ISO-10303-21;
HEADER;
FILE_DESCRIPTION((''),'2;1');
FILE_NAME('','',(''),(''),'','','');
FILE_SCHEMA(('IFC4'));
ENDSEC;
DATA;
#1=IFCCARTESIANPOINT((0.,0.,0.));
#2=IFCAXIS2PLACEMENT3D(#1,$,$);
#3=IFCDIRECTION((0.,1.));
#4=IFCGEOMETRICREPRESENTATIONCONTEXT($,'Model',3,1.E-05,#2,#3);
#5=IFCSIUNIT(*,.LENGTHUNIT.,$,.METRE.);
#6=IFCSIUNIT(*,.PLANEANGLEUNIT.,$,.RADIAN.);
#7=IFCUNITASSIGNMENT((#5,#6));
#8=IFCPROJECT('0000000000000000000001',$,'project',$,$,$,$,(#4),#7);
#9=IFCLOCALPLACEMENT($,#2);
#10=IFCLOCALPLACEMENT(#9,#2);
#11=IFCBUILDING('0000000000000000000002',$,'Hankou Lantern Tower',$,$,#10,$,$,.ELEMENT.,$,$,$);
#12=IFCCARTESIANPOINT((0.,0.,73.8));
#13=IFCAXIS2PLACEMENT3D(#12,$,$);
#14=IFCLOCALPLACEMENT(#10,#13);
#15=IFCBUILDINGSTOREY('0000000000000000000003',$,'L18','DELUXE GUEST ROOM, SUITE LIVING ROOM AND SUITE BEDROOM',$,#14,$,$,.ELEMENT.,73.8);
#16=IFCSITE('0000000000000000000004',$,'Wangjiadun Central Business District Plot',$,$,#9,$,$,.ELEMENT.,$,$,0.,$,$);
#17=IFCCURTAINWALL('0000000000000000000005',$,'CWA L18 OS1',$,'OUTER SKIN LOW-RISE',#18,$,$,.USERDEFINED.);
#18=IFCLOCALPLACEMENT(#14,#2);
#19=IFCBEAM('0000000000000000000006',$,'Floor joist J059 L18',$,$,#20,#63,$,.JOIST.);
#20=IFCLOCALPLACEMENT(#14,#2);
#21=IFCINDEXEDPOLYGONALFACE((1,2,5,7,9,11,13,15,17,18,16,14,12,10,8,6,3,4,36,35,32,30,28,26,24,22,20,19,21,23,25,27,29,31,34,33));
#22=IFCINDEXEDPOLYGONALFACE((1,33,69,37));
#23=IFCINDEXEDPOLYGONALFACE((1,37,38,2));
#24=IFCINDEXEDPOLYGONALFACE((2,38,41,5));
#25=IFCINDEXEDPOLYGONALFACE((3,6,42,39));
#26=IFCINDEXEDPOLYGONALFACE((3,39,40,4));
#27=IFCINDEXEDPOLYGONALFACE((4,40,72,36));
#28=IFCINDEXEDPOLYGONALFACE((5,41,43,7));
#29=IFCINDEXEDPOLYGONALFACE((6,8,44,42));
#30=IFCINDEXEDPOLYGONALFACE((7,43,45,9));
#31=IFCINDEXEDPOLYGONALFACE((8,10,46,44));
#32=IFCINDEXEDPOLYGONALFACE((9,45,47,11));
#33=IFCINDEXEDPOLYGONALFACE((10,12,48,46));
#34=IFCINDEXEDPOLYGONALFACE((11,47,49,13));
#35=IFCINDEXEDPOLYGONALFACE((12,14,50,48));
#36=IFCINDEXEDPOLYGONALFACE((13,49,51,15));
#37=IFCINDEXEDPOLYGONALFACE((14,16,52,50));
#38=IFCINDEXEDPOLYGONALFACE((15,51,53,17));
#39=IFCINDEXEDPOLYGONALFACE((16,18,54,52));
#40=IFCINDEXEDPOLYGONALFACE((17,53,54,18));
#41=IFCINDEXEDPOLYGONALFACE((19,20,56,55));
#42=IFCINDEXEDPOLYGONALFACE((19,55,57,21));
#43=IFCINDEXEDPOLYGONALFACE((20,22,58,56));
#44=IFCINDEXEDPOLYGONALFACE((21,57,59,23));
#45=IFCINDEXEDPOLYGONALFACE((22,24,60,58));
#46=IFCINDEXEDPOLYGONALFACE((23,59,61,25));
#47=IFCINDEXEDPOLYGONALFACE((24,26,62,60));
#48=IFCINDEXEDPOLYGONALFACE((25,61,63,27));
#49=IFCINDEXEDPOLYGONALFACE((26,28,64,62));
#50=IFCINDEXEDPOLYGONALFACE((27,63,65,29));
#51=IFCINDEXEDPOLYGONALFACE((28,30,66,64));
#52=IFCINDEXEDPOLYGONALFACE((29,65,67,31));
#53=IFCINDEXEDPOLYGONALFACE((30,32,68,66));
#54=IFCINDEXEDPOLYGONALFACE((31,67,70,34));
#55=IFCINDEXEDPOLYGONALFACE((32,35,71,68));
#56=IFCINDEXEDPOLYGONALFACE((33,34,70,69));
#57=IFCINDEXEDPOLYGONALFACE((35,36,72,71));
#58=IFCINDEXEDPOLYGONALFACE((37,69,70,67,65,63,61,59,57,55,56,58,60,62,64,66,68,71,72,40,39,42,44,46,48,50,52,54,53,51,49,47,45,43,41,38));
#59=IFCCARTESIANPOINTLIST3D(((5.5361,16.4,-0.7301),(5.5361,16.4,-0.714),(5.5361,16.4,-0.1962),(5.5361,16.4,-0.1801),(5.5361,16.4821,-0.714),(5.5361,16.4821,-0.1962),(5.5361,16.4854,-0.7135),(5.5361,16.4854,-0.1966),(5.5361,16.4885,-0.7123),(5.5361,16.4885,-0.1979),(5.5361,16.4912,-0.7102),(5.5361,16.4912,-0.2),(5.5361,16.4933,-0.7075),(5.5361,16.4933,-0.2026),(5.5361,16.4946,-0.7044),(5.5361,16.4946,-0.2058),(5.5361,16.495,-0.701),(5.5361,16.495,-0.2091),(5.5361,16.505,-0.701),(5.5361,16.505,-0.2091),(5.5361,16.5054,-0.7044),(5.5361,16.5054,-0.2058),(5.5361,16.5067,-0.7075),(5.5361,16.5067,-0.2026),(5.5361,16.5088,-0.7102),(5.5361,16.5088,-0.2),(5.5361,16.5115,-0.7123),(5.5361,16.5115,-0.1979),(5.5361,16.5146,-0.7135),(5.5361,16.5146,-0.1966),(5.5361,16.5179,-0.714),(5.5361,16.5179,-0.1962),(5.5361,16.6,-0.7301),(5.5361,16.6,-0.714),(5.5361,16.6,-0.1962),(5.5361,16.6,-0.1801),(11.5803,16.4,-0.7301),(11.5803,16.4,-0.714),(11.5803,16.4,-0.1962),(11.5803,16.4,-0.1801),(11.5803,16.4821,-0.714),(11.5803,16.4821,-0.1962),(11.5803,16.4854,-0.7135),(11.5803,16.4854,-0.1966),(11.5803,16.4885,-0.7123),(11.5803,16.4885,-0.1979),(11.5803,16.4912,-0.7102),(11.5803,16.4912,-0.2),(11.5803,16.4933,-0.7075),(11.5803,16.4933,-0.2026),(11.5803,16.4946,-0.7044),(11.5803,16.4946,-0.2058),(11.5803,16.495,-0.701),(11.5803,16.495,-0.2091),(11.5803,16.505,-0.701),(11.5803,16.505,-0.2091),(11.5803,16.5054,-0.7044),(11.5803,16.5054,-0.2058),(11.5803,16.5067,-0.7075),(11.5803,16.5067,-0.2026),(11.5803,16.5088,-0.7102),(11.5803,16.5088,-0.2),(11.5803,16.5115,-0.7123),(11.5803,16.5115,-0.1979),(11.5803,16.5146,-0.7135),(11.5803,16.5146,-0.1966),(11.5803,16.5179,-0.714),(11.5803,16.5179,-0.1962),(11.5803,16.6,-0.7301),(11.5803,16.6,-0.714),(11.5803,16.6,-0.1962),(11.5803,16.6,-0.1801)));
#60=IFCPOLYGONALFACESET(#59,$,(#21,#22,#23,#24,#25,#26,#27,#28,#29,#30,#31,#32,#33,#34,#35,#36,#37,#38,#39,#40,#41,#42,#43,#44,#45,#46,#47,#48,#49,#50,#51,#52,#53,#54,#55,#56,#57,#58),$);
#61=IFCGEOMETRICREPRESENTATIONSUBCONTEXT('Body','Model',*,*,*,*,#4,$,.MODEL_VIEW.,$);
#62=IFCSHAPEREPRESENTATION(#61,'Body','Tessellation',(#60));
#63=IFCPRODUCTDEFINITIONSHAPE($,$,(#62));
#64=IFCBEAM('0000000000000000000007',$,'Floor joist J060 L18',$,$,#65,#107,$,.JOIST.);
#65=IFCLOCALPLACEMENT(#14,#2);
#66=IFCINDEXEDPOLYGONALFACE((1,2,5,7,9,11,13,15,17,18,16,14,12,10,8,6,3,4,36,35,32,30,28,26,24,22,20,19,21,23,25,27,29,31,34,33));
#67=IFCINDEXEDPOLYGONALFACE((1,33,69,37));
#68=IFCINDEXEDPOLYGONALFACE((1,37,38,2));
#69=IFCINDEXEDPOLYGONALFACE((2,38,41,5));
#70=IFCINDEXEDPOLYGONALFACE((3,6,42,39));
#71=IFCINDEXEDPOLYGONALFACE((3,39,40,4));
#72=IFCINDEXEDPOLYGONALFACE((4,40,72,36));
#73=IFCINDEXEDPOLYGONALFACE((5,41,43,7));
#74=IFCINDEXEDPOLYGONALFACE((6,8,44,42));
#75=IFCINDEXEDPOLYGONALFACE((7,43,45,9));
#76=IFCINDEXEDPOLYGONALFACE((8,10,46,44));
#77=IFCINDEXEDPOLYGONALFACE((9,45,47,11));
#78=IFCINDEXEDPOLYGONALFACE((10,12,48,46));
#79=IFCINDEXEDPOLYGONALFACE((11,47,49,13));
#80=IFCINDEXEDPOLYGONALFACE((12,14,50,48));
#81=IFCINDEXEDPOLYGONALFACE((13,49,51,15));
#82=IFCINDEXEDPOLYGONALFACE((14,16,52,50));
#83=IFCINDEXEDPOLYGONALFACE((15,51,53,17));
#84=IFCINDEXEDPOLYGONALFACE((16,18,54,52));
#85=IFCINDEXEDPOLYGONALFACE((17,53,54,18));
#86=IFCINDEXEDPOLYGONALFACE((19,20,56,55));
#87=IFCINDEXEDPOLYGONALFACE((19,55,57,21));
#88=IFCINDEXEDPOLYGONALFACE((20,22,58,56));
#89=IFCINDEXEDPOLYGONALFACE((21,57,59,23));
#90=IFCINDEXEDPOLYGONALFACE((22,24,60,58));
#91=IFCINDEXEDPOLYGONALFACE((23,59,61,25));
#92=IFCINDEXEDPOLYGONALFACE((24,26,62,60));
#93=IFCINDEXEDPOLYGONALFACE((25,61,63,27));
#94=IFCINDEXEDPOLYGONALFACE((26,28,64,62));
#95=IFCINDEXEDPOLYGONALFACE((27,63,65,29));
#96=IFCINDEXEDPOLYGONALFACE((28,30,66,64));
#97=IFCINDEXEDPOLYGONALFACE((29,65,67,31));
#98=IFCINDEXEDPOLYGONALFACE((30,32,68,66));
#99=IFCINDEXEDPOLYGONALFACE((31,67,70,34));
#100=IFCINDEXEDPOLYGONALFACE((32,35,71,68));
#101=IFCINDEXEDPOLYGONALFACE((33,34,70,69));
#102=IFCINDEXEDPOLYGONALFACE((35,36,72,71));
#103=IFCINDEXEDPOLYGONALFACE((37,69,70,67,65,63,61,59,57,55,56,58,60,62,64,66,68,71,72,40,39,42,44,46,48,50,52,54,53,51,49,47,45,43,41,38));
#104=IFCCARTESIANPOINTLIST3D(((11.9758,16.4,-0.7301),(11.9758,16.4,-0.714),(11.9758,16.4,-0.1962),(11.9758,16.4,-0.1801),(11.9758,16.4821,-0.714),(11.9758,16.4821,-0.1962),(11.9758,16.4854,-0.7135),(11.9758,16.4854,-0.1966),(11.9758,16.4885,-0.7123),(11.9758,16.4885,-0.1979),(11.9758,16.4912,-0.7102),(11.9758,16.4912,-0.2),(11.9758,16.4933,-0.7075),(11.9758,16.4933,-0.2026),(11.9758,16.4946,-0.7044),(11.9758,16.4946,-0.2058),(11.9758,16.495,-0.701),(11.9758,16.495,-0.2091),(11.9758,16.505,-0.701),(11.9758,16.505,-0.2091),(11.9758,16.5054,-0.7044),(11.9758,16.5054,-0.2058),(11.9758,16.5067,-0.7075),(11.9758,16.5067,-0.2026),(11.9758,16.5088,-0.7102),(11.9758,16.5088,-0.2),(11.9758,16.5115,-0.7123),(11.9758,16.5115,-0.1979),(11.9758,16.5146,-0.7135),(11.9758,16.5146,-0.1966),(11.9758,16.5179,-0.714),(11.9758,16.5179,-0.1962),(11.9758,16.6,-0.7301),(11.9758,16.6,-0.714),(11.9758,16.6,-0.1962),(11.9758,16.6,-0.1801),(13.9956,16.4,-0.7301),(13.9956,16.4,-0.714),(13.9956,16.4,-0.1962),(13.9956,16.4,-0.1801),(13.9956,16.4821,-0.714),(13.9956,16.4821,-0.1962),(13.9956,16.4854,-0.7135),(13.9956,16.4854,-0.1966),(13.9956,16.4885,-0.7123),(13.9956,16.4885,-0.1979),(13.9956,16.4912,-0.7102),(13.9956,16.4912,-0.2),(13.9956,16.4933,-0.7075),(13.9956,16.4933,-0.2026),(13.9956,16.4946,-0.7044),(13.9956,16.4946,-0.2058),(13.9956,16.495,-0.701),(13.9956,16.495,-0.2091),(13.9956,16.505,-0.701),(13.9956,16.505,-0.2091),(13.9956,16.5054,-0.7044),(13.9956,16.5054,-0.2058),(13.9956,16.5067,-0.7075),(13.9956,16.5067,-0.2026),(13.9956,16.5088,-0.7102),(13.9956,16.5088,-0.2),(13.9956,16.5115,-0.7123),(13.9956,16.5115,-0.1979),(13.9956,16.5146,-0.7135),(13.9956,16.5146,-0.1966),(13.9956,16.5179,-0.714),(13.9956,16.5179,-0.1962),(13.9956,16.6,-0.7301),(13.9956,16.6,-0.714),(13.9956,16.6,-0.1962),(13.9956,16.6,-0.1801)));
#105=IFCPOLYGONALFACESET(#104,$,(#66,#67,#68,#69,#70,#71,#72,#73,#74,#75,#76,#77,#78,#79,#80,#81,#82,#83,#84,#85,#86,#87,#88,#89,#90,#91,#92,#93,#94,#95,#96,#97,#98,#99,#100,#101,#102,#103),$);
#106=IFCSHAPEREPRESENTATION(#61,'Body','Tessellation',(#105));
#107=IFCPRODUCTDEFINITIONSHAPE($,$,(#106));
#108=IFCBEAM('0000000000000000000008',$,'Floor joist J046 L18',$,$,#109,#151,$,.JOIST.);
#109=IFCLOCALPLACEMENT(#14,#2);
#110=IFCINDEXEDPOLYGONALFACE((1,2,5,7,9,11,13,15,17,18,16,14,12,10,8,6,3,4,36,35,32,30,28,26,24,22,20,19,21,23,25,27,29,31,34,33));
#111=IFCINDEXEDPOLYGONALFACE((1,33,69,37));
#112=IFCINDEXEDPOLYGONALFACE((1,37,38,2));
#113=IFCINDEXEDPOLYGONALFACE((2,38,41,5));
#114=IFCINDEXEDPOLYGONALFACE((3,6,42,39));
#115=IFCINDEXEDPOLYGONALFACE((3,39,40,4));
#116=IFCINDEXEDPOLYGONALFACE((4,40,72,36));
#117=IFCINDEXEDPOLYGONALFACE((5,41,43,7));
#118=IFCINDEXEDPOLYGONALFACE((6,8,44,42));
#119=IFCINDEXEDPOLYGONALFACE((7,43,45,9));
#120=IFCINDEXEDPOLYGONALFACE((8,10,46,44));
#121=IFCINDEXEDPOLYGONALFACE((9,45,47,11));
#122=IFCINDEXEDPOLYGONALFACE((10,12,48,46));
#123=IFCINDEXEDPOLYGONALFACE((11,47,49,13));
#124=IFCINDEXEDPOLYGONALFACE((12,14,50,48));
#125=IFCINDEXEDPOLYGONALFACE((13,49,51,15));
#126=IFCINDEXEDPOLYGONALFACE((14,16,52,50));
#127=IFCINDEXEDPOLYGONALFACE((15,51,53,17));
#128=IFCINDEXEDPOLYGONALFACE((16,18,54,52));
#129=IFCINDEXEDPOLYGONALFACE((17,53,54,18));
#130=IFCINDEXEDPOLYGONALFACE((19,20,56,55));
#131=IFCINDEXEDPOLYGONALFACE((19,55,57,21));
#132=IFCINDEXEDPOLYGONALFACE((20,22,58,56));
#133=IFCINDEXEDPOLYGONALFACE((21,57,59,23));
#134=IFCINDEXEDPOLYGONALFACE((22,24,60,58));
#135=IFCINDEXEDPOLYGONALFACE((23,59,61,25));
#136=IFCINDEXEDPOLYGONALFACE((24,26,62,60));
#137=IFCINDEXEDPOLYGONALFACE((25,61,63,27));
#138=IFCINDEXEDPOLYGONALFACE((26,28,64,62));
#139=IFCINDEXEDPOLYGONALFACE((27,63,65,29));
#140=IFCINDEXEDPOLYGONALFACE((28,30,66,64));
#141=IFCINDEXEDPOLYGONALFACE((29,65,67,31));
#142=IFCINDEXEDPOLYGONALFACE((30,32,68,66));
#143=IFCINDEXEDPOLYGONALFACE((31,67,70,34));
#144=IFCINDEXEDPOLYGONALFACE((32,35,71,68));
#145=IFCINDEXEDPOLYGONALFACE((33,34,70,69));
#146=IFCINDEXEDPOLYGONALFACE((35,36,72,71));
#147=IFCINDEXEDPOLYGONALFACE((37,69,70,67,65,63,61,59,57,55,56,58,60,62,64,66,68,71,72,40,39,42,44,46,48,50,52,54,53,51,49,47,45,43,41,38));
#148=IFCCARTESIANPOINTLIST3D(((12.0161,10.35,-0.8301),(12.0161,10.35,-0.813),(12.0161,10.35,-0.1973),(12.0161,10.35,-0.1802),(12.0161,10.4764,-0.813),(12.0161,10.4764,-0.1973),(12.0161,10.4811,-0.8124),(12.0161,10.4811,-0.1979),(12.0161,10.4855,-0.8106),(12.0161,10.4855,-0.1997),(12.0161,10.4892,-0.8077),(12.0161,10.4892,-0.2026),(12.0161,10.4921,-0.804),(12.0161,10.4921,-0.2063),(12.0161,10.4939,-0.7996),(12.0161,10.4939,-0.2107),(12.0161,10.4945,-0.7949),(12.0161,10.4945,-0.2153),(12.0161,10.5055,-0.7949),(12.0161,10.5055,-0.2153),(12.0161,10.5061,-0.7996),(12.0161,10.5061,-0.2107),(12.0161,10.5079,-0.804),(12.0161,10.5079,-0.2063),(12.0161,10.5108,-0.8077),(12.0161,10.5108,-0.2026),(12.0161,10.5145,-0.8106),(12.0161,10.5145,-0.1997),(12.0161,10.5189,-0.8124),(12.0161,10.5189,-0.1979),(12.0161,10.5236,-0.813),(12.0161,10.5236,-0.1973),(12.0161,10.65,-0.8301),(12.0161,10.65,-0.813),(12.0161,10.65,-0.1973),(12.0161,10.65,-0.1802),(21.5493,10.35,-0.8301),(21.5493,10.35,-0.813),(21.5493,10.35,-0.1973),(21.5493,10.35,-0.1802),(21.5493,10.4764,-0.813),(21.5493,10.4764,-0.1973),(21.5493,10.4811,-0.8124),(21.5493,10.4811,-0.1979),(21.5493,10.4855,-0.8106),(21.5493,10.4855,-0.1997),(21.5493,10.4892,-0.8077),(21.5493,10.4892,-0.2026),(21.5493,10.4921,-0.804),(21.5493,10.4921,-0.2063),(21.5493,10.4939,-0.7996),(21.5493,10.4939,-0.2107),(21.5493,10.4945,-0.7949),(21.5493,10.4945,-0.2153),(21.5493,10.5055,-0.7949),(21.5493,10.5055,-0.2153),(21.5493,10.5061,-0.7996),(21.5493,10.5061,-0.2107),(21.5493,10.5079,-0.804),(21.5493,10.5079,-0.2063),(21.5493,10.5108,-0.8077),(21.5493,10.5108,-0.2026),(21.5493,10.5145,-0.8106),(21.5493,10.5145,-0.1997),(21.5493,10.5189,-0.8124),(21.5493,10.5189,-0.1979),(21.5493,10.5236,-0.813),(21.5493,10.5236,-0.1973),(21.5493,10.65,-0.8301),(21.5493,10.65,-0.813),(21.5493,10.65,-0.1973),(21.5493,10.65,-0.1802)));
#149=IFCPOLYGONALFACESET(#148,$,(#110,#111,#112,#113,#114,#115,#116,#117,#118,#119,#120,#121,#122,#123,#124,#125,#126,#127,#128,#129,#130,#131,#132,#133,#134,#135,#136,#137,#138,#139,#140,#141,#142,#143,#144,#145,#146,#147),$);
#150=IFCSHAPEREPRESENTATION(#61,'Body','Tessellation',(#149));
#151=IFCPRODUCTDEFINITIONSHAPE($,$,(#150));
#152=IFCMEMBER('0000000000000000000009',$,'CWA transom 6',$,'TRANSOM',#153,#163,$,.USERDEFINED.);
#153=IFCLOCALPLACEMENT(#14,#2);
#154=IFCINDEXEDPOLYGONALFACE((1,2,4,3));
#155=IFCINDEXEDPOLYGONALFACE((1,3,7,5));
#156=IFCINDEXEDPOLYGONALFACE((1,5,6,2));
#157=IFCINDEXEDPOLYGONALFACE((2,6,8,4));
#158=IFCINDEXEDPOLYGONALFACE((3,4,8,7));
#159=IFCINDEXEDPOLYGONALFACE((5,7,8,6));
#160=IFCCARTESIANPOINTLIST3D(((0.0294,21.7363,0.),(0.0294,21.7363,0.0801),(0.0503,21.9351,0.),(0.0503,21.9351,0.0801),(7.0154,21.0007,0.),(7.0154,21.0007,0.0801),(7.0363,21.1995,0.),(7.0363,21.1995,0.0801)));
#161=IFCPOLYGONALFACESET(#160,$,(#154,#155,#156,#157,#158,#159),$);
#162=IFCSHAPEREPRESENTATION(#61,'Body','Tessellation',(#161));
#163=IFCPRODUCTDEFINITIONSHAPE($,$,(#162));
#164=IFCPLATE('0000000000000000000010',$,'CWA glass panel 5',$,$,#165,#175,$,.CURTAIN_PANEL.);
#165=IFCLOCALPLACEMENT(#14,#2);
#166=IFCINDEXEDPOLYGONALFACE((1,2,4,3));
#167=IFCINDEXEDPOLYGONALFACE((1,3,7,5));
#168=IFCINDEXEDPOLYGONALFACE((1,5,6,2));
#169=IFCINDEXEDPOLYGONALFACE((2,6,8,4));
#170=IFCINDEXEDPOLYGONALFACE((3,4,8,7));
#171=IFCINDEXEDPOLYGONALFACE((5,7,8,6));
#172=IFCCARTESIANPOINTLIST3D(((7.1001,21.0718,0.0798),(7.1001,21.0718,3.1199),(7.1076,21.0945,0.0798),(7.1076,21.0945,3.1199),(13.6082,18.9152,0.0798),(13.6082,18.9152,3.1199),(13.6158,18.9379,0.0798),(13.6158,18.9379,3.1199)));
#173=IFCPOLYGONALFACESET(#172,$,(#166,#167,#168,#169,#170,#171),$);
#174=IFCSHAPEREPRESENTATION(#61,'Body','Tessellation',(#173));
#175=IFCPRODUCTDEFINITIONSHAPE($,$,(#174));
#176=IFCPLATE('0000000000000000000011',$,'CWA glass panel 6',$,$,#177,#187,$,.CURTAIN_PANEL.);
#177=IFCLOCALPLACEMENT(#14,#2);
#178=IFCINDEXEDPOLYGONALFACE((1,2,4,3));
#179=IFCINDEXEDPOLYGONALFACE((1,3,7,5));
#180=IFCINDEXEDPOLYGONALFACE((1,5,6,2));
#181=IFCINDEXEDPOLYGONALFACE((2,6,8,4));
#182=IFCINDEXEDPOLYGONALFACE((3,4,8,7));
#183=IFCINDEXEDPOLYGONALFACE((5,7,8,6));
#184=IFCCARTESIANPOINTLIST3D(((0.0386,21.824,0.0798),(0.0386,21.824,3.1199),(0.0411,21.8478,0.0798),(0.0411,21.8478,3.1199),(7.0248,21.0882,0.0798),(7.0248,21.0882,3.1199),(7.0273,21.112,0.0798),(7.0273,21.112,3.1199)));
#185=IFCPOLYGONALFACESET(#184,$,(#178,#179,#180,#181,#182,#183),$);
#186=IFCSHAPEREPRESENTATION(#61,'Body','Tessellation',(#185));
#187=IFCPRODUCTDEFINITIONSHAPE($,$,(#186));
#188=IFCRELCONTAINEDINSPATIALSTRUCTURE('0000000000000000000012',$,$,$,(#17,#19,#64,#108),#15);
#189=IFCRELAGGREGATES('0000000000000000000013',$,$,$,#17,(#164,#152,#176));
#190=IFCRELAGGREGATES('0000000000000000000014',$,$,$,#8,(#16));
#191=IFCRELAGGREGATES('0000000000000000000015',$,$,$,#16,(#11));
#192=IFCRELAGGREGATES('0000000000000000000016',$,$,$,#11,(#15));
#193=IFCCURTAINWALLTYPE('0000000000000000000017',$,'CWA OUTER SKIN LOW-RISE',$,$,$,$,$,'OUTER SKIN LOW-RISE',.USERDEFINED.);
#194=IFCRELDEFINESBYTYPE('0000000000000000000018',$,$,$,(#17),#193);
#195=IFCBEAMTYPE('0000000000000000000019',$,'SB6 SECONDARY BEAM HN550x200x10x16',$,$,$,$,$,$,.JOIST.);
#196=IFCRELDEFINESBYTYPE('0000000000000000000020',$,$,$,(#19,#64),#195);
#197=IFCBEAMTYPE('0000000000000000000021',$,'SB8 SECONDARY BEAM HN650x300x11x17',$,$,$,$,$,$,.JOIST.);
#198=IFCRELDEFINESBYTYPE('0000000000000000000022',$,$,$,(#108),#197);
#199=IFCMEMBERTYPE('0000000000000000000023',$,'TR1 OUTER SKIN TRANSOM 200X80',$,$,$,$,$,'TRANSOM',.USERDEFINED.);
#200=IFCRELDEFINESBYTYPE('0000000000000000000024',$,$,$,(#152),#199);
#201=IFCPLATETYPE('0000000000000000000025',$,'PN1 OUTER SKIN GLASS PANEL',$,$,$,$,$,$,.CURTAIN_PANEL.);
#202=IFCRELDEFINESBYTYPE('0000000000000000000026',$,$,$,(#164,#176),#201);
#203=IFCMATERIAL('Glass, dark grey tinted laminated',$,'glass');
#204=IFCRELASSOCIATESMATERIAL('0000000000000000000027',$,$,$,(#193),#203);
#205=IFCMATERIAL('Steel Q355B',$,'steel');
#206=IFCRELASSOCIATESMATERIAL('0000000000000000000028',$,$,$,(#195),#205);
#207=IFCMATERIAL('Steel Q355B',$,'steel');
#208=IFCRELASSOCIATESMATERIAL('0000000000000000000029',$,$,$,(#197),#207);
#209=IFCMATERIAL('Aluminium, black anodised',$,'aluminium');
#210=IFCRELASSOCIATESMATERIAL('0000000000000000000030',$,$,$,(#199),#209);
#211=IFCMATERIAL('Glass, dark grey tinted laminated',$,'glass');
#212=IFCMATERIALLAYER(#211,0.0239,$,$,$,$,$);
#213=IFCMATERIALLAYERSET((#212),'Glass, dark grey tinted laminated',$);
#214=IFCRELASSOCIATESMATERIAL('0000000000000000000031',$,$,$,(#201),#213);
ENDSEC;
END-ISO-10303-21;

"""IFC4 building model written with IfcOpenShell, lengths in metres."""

from ifc_helpers import new_model, si_unit, direction, frame, origin, origin_2d, place, context, subcontext, project, spatial, rectangle, i_section, extrude, material, layer, layer_set, material_profile, profile_set, type_object, element, aggregate, save


model = new_model("IFC4")

# Units and contexts
model_context = context("Model", 3, precision=1e-05, world=origin(), true_north=direction((0.0, 1.0)))
body_context = subcontext(model_context, "Body", "Model", "MODEL_VIEW")
ifc_project = project(units=[si_unit("LENGTHUNIT", "METRE"), si_unit("PLANEANGLEUNIT", "RADIAN")], contexts=[model_context])

# Site, building, storey
site_placement = place(None, origin())
site = spatial("IfcSite", under=ifc_project, at=site_placement, Name="Wangjiadun Central Business District Plot", CompositionType="ELEMENT", RefElevation=0.0)
building_placement = place(site_placement, origin())
building = spatial("IfcBuilding", under=site, at=building_placement, Name="Hankou Lantern Tower", CompositionType="ELEMENT")
storey_placement = place(building_placement, frame((0.0, 0.0, 73.8)))
storey = spatial("IfcBuildingStorey", under=building, at=storey_placement, Name="L18", Description="DELUXE GUEST ROOM, SUITE LIVING ROOM AND SUITE BEDROOM", CompositionType="ELEMENT", Elevation=73.8)

# Curtain wall
ifc_material_1 = material(Name="Glass, dark grey tinted laminated", Category="glass")
curtain_wall_type = type_object("IfcCurtainWallType", Name="CWA OUTER SKIN LOW-RISE", ElementType="OUTER SKIN LOW-RISE", PredefinedType="USERDEFINED", material=ifc_material_1)
curtain_wall_1_placement = place(storey_placement, origin())
curtain_wall_1 = element("IfcCurtainWall", 1, at=curtain_wall_1_placement, inside=storey, type_object=curtain_wall_type, Name="CWA L18 OS1", ObjectType="OUTER SKIN LOW-RISE", PredefinedType="USERDEFINED")

# Beams
ifc_material_2 = material(Name="Steel Q355B", Category="steel")
ifc_material_profile_1 = material_profile(ifc_material_2, i_section(OverallWidth=0.2, OverallDepth=0.55, WebThickness=0.01, FlangeThickness=0.0161, FilletRadius=0.0129, at=origin_2d()), Name="HN550x200x10x16")
ifc_profile_set_1 = profile_set([ifc_material_profile_1], Name="Steel Q355B")
beam_type_1 = type_object("IfcBeamType", Name="SB6 SECONDARY BEAM HN550x200x10x16", PredefinedType="JOIST", material=ifc_profile_set_1)
beam_1_placement = place(storey_placement, frame((5.5361, 16.5, -0.4551), z_axis=(1.0, 0.0, 0.0), x_axis=(0.0, 1.0, 0.0)))
element("IfcBeam", 2, at=beam_1_placement, inside=storey, type_object=beam_type_1, Name="Floor joist J059 L18", PredefinedType="JOIST", context=body_context, shape_type="SweptSolid", body=[
    extrude(i_section(OverallWidth=0.2, OverallDepth=0.55, WebThickness=0.01, FlangeThickness=0.0161, FilletRadius=0.0129, at=origin_2d()), origin(), (0.0, 0.0, 1.0), 6.0442),
])
beam_2_placement = place(storey_placement, frame((11.9758, 16.5, -0.4551), z_axis=(1.0, 0.0, 0.0), x_axis=(0.0, 1.0, 0.0)))
element("IfcBeam", 3, at=beam_2_placement, inside=storey, type_object=beam_type_1, Name="Floor joist J060 L18", PredefinedType="JOIST", context=body_context, shape_type="SweptSolid", body=[
    extrude(i_section(OverallWidth=0.2, OverallDepth=0.55, WebThickness=0.01, FlangeThickness=0.0161, FilletRadius=0.0129, at=origin_2d()), origin(), (0.0, 0.0, 1.0), 2.0198),
])
ifc_material_3 = material(Name="Steel Q355B", Category="steel")
ifc_material_profile_2 = material_profile(ifc_material_3, i_section(OverallWidth=0.3, OverallDepth=0.6499, WebThickness=0.011, FlangeThickness=0.0171, FilletRadius=0.0181, at=origin_2d()), Name="HN650x300x11x17")
ifc_profile_set_2 = profile_set([ifc_material_profile_2], Name="Steel Q355B")
beam_type_2 = type_object("IfcBeamType", Name="SB8 SECONDARY BEAM HN650x300x11x17", PredefinedType="JOIST", material=ifc_profile_set_2)
beam_3_placement = place(storey_placement, frame((12.0161, 10.5, -0.5051), z_axis=(1.0, 0.0, 0.0), x_axis=(0.0, 1.0, 0.0)))
element("IfcBeam", 4, at=beam_3_placement, inside=storey, type_object=beam_type_2, Name="Floor joist J046 L18", PredefinedType="JOIST", context=body_context, shape_type="SweptSolid", body=[
    extrude(i_section(OverallWidth=0.3, OverallDepth=0.6499, WebThickness=0.011, FlangeThickness=0.0171, FilletRadius=0.0181, at=origin_2d()), origin(), (0.0, 0.0, 1.0), 9.5332),
])

# Member
ifc_material_4 = material(Name="Aluminium, black anodised", Category="aluminium")
ifc_material_profile_3 = material_profile(ifc_material_4, rectangle(XDim=0.2, YDim=0.0801, at=origin_2d()), Name="TR1 200X80")
ifc_profile_set_3 = profile_set([ifc_material_profile_3], Name="Aluminium, black anodised")
member_type_1 = type_object("IfcMemberType", Name="TR1 OUTER SKIN TRANSOM 200X80", ElementType="TRANSOM", PredefinedType="USERDEFINED", material=ifc_profile_set_3)
member_1_placement = place(storey_placement, frame((7.0259, 21.1001, 0.04), z_axis=(-0.994502, 0.104716, 0.0), x_axis=(-0.104716, -0.994502, 0.0)))
member_1 = element("IfcMember", 5, at=member_1_placement, type_object=member_type_1, Name="CWA transom 6", ObjectType="TRANSOM", PredefinedType="USERDEFINED", context=body_context, shape_type="SweptSolid", body=[
    extrude(rectangle(XDim=0.2, YDim=0.0801, at=origin_2d()), origin(), (0.0, 0.0, 1.0), 7.0247),
])

# Plates
ifc_material_5 = material(Name="Glass, dark grey tinted laminated", Category="glass")
ifc_layer_1 = layer(ifc_material_5, 0.0239)
ifc_layer_set_1 = layer_set([ifc_layer_1], Name="Glass, dark grey tinted laminated")
plate_type = type_object("IfcPlateType", Name="PN1 OUTER SKIN GLASS PANEL", PredefinedType="CURTAIN_PANEL", material=ifc_layer_set_1)
plate_1_placement = place(storey_placement, frame((10.3579, 20.0049, 0.0798), z_axis=(0.0, 0.0, 1.0), x_axis=(-0.949241, 0.314551, 0.0)))
plate_1 = element("IfcPlate", 6, at=plate_1_placement, type_object=plate_type, Name="CWA glass panel 5", PredefinedType="CURTAIN_PANEL", context=body_context, shape_type="SweptSolid", body=[
    extrude(rectangle(XDim=6.8562, YDim=0.0239, at=origin_2d()), origin(), (0.0, 0.0, 1.0), 3.04),
])
plate_2_placement = place(storey_placement, frame((3.533, 21.468, 0.0798), z_axis=(0.0, 0.0, 1.0), x_axis=(-0.994499, 0.104743, 0.0)))
plate_2 = element("IfcPlate", 7, at=plate_2_placement, type_object=plate_type, Name="CWA glass panel 6", PredefinedType="CURTAIN_PANEL", context=body_context, shape_type="SweptSolid", body=[
    extrude(rectangle(XDim=7.0249, YDim=0.0239, at=origin_2d()), origin(), (0.0, 0.0, 1.0), 3.04),
])
aggregate(curtain_wall_1, [plate_1, member_1, plate_2])

save(model, "model.ifc")
